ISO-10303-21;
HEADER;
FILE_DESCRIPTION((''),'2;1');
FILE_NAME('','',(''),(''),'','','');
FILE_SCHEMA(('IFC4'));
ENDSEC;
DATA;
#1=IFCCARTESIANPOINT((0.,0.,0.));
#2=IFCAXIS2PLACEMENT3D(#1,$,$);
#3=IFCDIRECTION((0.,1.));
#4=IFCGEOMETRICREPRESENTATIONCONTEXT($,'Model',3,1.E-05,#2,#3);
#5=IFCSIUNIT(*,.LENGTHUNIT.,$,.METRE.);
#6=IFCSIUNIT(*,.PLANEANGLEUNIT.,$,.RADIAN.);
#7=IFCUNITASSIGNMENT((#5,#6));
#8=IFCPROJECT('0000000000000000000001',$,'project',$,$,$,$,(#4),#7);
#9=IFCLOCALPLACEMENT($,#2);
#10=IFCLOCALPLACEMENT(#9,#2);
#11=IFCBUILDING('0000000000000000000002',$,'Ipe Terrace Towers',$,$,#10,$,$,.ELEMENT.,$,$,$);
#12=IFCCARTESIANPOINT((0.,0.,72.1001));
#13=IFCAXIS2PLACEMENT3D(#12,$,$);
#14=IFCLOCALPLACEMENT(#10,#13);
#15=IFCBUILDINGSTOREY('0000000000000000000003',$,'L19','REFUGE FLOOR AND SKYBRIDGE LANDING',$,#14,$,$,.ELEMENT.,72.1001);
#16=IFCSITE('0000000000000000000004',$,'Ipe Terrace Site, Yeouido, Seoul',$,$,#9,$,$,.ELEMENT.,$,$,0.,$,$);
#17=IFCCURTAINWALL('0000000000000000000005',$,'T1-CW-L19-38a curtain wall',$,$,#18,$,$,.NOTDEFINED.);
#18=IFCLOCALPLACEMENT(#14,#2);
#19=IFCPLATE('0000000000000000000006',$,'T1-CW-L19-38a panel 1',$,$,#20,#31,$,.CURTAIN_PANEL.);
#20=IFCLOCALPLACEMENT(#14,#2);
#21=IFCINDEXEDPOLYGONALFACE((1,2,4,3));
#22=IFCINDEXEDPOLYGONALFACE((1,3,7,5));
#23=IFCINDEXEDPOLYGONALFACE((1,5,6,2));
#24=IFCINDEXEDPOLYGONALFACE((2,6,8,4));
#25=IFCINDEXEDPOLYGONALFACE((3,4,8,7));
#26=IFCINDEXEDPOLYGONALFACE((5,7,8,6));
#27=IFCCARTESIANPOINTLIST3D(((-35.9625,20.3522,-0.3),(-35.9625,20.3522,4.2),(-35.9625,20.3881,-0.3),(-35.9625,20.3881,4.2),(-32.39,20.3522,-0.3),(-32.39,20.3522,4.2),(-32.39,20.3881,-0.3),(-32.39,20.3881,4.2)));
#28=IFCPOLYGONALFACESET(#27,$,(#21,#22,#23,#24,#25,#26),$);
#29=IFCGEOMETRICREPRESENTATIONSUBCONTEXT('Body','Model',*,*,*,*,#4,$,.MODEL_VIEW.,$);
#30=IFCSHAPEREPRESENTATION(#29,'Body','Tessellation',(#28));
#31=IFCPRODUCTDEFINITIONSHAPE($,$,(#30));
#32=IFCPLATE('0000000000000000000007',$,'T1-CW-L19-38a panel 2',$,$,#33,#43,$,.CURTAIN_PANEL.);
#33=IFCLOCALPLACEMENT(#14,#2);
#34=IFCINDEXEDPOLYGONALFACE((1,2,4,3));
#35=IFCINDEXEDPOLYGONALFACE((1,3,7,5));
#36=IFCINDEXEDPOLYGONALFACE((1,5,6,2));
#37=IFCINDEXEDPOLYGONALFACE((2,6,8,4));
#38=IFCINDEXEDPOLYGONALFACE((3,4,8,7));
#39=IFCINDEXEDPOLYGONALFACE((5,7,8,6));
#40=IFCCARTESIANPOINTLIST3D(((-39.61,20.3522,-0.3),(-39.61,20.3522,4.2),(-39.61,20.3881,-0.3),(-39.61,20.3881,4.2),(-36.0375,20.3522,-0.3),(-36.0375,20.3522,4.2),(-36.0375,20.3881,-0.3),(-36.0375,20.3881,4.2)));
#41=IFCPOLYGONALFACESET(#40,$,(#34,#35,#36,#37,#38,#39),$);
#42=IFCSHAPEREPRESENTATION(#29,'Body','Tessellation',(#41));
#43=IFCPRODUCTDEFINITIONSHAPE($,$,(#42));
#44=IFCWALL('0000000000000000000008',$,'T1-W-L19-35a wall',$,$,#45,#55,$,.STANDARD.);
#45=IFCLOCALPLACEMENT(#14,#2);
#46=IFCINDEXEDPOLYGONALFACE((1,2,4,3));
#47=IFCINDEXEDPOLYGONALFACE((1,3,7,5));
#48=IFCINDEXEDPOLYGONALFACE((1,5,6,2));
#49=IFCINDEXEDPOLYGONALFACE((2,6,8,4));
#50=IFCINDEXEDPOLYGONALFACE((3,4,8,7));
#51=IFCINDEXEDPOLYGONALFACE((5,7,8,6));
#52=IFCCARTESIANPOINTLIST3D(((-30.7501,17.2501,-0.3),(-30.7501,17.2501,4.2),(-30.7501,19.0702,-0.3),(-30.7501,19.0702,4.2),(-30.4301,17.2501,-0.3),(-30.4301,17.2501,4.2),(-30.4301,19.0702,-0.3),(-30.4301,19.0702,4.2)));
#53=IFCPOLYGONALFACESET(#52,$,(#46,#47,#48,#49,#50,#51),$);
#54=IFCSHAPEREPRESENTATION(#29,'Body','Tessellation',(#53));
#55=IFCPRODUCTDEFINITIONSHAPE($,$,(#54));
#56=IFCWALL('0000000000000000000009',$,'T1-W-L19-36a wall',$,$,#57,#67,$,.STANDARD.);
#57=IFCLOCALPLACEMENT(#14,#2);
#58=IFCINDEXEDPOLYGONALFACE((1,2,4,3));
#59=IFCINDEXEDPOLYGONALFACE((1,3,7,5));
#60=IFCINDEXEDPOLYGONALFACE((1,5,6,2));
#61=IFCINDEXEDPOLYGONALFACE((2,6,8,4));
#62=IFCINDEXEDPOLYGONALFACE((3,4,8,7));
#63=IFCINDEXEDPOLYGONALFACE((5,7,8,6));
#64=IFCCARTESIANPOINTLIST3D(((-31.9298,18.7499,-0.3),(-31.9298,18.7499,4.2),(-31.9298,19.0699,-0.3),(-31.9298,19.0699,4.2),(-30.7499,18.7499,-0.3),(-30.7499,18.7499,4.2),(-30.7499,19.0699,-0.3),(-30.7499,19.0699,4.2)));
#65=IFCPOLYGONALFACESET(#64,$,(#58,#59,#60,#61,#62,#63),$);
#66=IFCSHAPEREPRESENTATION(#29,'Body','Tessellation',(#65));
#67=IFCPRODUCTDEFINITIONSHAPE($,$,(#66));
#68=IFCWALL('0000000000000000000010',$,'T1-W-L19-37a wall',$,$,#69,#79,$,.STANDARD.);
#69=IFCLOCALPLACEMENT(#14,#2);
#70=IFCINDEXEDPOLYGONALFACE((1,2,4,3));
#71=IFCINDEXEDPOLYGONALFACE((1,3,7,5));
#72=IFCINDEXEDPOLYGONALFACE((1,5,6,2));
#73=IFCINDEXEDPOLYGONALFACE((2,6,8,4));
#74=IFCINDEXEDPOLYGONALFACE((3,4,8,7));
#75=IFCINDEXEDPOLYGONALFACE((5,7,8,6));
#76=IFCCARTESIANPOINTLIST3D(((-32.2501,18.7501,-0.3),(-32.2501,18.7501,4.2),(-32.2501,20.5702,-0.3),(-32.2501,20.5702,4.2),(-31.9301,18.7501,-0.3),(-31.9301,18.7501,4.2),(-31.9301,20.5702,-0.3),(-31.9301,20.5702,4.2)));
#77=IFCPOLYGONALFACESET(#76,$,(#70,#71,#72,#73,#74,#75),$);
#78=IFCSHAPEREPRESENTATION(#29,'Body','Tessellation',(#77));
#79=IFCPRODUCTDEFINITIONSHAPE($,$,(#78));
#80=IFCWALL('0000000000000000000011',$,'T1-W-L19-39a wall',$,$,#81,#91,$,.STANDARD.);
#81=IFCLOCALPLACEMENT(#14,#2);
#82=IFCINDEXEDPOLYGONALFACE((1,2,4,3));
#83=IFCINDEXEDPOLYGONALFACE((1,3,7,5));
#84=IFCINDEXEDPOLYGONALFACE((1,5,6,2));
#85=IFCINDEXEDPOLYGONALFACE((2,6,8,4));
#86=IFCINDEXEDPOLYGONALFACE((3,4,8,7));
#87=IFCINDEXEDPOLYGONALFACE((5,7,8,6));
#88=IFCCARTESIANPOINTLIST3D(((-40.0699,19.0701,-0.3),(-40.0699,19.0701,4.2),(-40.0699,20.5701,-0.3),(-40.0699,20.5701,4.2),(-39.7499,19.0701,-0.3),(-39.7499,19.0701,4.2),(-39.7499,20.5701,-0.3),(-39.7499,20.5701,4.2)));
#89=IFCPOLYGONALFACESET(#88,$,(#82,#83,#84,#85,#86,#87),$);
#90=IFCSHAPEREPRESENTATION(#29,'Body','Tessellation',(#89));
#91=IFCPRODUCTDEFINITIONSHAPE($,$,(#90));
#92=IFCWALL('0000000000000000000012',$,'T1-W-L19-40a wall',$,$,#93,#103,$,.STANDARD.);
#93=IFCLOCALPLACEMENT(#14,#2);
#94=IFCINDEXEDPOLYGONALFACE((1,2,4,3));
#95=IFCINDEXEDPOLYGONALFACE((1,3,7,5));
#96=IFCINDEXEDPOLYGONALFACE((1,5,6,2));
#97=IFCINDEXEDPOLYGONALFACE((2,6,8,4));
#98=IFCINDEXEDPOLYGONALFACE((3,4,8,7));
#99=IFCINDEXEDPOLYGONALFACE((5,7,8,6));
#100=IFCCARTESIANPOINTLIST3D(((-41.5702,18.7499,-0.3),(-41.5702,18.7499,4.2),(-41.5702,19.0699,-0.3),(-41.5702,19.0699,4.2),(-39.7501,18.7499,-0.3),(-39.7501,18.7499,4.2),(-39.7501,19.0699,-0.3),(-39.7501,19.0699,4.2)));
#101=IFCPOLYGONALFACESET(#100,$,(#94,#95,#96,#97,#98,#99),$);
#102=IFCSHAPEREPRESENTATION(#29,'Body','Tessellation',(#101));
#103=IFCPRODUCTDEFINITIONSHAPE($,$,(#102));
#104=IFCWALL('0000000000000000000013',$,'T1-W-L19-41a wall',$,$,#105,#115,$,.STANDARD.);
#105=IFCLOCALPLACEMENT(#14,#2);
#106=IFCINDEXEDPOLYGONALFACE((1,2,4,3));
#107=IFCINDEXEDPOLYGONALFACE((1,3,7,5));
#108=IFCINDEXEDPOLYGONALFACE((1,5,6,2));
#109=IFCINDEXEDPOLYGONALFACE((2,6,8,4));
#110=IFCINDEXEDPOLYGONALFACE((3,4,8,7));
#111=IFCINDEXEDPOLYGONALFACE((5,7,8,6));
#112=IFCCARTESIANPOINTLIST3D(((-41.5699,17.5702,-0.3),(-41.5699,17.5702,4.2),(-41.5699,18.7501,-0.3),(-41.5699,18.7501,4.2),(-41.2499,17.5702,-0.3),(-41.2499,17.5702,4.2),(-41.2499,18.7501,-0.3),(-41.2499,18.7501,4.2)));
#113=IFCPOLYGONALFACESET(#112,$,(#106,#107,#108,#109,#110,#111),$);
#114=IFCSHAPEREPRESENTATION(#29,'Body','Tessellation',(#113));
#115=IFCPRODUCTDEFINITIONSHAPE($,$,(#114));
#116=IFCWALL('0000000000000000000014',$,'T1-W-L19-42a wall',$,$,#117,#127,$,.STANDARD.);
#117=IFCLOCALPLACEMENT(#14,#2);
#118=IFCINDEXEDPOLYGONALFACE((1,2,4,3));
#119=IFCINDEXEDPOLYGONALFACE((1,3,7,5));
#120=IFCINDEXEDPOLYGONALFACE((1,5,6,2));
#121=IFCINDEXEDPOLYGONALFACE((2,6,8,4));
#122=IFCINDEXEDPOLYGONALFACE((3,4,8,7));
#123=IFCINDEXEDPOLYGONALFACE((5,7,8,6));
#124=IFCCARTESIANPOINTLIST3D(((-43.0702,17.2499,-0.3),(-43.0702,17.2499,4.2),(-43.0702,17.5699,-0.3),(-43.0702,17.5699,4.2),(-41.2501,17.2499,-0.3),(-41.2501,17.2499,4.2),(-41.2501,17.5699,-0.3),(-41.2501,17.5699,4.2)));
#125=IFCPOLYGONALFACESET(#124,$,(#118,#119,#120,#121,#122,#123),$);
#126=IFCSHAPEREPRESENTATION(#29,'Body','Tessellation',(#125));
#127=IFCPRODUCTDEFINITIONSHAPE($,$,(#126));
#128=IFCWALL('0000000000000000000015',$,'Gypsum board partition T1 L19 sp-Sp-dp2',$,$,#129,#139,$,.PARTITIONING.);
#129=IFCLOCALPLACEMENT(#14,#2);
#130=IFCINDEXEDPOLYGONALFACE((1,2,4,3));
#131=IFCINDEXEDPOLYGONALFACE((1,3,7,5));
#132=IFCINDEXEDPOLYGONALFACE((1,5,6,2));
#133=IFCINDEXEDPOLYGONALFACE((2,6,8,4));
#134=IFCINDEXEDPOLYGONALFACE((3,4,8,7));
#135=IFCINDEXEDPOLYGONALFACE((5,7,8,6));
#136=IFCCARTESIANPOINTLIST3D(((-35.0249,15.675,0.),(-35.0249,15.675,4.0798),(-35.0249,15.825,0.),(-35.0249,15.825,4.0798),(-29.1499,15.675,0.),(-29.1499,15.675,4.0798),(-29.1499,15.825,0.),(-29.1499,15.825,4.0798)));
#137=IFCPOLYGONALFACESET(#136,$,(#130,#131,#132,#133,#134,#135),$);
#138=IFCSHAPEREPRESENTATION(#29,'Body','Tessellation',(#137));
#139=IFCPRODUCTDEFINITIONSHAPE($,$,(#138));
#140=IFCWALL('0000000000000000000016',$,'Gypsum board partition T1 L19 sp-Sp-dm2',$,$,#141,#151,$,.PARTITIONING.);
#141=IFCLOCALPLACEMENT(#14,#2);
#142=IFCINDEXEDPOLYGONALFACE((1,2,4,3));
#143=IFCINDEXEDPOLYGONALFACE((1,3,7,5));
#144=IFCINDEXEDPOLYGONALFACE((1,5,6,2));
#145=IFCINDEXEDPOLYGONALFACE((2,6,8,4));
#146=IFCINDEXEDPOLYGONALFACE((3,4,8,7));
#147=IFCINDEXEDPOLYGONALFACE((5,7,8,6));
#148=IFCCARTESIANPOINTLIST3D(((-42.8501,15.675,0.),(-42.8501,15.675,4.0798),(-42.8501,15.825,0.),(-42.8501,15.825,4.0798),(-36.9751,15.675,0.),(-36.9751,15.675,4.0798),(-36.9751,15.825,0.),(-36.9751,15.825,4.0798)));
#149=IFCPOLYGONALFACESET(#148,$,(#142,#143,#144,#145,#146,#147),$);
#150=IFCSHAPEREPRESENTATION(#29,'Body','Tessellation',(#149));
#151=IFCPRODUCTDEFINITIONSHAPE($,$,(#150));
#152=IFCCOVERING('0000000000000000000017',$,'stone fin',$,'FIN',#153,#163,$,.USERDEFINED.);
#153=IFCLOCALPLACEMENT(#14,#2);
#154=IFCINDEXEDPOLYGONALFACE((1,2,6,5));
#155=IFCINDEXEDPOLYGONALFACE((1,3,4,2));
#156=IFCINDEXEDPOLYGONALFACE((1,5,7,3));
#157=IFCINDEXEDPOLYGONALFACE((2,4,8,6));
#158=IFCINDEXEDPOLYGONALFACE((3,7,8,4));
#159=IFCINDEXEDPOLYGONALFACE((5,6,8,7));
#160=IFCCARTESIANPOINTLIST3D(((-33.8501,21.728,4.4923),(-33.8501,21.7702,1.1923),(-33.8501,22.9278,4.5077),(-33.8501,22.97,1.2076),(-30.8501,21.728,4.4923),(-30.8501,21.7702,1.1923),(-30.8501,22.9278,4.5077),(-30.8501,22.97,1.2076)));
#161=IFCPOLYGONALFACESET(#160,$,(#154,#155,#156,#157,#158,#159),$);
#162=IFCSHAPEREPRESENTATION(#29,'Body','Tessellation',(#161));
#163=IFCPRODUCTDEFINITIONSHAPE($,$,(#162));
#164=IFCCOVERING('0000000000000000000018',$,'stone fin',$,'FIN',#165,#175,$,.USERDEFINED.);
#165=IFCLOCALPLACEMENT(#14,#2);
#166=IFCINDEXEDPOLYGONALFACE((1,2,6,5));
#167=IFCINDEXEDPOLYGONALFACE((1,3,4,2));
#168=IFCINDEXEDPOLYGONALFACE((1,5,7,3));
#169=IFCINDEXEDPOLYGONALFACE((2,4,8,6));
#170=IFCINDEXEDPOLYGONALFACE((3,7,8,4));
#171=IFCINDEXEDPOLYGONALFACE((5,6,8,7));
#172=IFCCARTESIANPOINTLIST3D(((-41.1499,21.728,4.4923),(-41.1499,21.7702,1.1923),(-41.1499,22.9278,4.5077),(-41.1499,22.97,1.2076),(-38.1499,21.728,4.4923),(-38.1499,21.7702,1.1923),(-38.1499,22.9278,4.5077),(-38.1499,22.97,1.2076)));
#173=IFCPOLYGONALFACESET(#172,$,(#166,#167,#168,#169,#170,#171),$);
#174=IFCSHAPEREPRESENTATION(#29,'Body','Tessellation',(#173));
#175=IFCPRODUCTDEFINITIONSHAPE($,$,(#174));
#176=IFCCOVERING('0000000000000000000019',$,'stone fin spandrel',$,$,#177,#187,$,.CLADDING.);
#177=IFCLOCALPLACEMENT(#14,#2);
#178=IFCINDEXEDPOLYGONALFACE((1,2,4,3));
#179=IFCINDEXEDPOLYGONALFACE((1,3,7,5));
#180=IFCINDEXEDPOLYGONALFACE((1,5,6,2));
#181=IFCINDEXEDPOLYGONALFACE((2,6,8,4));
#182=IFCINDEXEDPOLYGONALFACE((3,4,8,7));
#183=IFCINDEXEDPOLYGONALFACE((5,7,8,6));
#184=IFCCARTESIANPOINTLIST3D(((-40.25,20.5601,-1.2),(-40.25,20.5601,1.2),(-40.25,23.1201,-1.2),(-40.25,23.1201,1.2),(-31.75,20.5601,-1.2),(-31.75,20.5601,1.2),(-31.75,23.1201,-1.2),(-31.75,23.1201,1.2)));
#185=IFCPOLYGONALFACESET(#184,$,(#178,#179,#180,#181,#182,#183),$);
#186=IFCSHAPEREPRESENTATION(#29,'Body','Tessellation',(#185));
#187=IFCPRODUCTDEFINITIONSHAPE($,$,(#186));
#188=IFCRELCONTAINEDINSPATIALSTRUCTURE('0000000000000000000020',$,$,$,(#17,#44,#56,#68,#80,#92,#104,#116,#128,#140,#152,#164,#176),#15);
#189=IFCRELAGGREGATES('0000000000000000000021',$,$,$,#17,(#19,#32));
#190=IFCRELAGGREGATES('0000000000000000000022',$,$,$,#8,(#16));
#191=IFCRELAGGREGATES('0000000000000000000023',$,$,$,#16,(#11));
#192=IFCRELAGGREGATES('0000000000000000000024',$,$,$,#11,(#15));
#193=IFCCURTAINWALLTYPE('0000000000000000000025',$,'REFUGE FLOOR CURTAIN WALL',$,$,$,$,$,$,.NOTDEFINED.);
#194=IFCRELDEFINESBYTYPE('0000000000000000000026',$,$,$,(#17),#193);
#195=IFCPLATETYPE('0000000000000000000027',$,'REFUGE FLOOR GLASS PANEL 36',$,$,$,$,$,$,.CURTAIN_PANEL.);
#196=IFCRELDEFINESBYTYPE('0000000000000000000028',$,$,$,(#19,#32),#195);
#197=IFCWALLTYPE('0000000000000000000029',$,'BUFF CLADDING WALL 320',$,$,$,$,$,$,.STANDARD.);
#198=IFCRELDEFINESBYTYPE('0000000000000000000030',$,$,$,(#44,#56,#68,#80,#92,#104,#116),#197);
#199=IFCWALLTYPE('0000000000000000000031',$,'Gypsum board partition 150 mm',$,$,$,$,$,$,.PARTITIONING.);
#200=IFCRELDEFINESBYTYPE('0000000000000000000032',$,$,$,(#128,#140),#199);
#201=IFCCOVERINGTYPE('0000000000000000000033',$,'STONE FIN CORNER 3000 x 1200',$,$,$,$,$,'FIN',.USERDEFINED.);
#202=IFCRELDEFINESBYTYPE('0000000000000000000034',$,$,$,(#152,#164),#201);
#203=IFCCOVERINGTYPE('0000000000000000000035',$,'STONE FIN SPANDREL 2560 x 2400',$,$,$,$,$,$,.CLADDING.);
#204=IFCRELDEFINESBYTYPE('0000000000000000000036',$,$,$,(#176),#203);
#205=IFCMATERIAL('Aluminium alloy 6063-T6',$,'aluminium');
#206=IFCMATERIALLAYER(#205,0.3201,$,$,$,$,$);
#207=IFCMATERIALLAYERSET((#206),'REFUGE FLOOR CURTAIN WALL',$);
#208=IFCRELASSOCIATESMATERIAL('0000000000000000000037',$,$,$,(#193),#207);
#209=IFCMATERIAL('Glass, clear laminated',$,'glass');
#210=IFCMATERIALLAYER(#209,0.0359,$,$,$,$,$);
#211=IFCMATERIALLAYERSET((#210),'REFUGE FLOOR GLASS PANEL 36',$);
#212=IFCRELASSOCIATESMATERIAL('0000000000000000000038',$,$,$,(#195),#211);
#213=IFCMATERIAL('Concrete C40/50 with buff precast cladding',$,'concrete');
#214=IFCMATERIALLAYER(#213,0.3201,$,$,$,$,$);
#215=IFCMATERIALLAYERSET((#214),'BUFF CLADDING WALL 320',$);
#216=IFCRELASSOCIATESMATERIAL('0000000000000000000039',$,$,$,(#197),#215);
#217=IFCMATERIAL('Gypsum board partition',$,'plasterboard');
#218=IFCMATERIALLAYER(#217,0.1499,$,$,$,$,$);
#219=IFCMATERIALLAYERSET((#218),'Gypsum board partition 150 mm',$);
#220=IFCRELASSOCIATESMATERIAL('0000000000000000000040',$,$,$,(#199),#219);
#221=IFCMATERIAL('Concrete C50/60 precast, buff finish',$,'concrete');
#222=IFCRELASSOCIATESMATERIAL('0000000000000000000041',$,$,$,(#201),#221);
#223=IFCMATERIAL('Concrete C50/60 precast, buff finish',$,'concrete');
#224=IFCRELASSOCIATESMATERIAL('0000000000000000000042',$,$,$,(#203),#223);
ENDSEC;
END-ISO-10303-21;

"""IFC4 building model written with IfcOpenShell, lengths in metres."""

from ifc_helpers import new_model, si_unit, direction, frame, frame_2d, origin, origin_2d, place, context, subcontext, project, spatial, rectangle, extrude, material, layer, layer_set, material_profile, profile_set, type_object, element, aggregate, save


model = new_model("IFC4")

# Units and contexts
model_context = context("Model", 3, precision=1e-05, world=origin(), true_north=direction((0.0, 1.0)))
body_context = subcontext(model_context, "Body", "Model", "MODEL_VIEW")
ifc_project = project(units=[si_unit("LENGTHUNIT", "METRE"), si_unit("PLANEANGLEUNIT", "RADIAN")], contexts=[model_context])

# Site, building, storey
site_placement = place(None, origin())
site = spatial("IfcSite", under=ifc_project, at=site_placement, Name="Ipe Terrace Site, Yeouido, Seoul", CompositionType="ELEMENT", RefElevation=0.0)
building_placement = place(site_placement, origin())
building = spatial("IfcBuilding", under=site, at=building_placement, Name="Ipe Terrace Towers", CompositionType="ELEMENT")
storey_placement = place(building_placement, frame((0.0, 0.0, 72.1001)))
storey = spatial("IfcBuildingStorey", under=building, at=storey_placement, Name="L19", Description="REFUGE FLOOR AND SKYBRIDGE LANDING", CompositionType="ELEMENT", Elevation=72.1001)

# Curtain wall, plates
ifc_material_1 = material(Name="Aluminium alloy 6063-T6", Category="aluminium")
ifc_layer_1 = layer(ifc_material_1, 0.3201)
ifc_layer_set_1 = layer_set([ifc_layer_1], Name="REFUGE FLOOR CURTAIN WALL")
curtain_wall_type = type_object("IfcCurtainWallType", Name="REFUGE FLOOR CURTAIN WALL", PredefinedType="NOTDEFINED", material=ifc_layer_set_1)
curtain_wall_placement = place(storey_placement, origin())
curtain_wall = element("IfcCurtainWall", 1, at=curtain_wall_placement, inside=storey, type_object=curtain_wall_type, Name="T1-CW-L19-38a curtain wall", PredefinedType="NOTDEFINED")
ifc_material_2 = material(Name="Glass, clear laminated", Category="glass")
ifc_layer_2 = layer(ifc_material_2, 0.0359)
ifc_layer_set_2 = layer_set([ifc_layer_2], Name="REFUGE FLOOR GLASS PANEL 36")
plate_type = type_object("IfcPlateType", Name="REFUGE FLOOR GLASS PANEL 36", PredefinedType="CURTAIN_PANEL", material=ifc_layer_set_2)
plate_1_placement = place(storey_placement, frame((-34.1763, 20.3701, -0.3), z_axis=(0.0, 0.0, 1.0), x_axis=(-1.0, 0.0, 0.0)))
plate_1 = element("IfcPlate", 2, at=plate_1_placement, type_object=plate_type, Name="T1-CW-L19-38a panel 1", PredefinedType="CURTAIN_PANEL", context=body_context, shape_type="SweptSolid", body=[
    extrude(rectangle(XDim=3.5725, YDim=0.0359, at=origin_2d()), origin(), (0.0, 0.0, 1.0), 4.5),
])
plate_2_placement = place(storey_placement, frame((-37.8237, 20.3701, -0.3), z_axis=(0.0, 0.0, 1.0), x_axis=(-1.0, 0.0, 0.0)))
plate_2 = element("IfcPlate", 3, at=plate_2_placement, type_object=plate_type, Name="T1-CW-L19-38a panel 2", PredefinedType="CURTAIN_PANEL", context=body_context, shape_type="SweptSolid", body=[
    extrude(rectangle(XDim=3.5725, YDim=0.0359, at=origin_2d()), origin(), (0.0, 0.0, 1.0), 4.5),
])
aggregate(curtain_wall, [plate_1, plate_2])

# Walls
ifc_material_3 = material(Name="Concrete C40/50 with buff precast cladding", Category="concrete")
ifc_layer_3 = layer(ifc_material_3, 0.3201)
ifc_layer_set_3 = layer_set([ifc_layer_3], Name="BUFF CLADDING WALL 320")
wall_type_1 = type_object("IfcWallType", Name="BUFF CLADDING WALL 320", PredefinedType="STANDARD", material=ifc_layer_set_3)
wall_1_placement = place(storey_placement, frame((-30.5901, 17.25, -0.3), z_axis=(0.0, 0.0, 1.0), x_axis=(0.0, 1.0, 0.0)))
element("IfcWall", 4, at=wall_1_placement, inside=storey, type_object=wall_type_1, Name="T1-W-L19-35a wall", PredefinedType="STANDARD", context=body_context, shape_type="SweptSolid", body=[
    extrude(rectangle(XDim=1.8201, YDim=0.3201, at=frame_2d((0.9102, 0.0))), origin(), (0.0, 0.0, 1.0), 4.5),
])
wall_2_placement = place(storey_placement, frame((-30.75, 18.9099, -0.3), z_axis=(0.0, 0.0, 1.0), x_axis=(-1.0, 0.0, 0.0)))
element("IfcWall", 5, at=wall_2_placement, inside=storey, type_object=wall_type_1, Name="T1-W-L19-36a wall", PredefinedType="STANDARD", context=body_context, shape_type="SweptSolid", body=[
    extrude(rectangle(XDim=1.1799, YDim=0.3201, at=frame_2d((0.5898, 0.0))), origin(), (0.0, 0.0, 1.0), 4.5),
])
wall_3_placement = place(storey_placement, frame((-32.0901, 18.75, -0.3), z_axis=(0.0, 0.0, 1.0), x_axis=(0.0, 1.0, 0.0)))
element("IfcWall", 6, at=wall_3_placement, inside=storey, type_object=wall_type_1, Name="T1-W-L19-37a wall", PredefinedType="STANDARD", context=body_context, shape_type="SweptSolid", body=[
    extrude(rectangle(XDim=1.8201, YDim=0.3201, at=frame_2d((0.9102, 0.0))), origin(), (0.0, 0.0, 1.0), 4.5),
])
wall_4_placement = place(storey_placement, frame((-39.9099, 20.5701, -0.3), z_axis=(0.0, 0.0, 1.0), x_axis=(0.0, -1.0, 0.0)))
element("IfcWall", 7, at=wall_4_placement, inside=storey, type_object=wall_type_1, Name="T1-W-L19-39a wall", PredefinedType="STANDARD", context=body_context, shape_type="SweptSolid", body=[
    extrude(rectangle(XDim=1.5, YDim=0.3201, at=frame_2d((0.75, 0.0))), origin(), (0.0, 0.0, 1.0), 4.5),
])
wall_5_placement = place(storey_placement, frame((-39.75, 18.9099, -0.3), z_axis=(0.0, 0.0, 1.0), x_axis=(-1.0, 0.0, 0.0)))
element("IfcWall", 8, at=wall_5_placement, inside=storey, type_object=wall_type_1, Name="T1-W-L19-40a wall", PredefinedType="STANDARD", context=body_context, shape_type="SweptSolid", body=[
    extrude(rectangle(XDim=1.8201, YDim=0.3201, at=frame_2d((0.9102, 0.0))), origin(), (0.0, 0.0, 1.0), 4.5),
])
wall_6_placement = place(storey_placement, frame((-41.4099, 18.75, -0.3), z_axis=(0.0, 0.0, 1.0), x_axis=(0.0, -1.0, 0.0)))
element("IfcWall", 9, at=wall_6_placement, inside=storey, type_object=wall_type_1, Name="T1-W-L19-41a wall", PredefinedType="STANDARD", context=body_context, shape_type="SweptSolid", body=[
    extrude(rectangle(XDim=1.1799, YDim=0.3201, at=frame_2d((0.5898, 0.0))), origin(), (0.0, 0.0, 1.0), 4.5),
])
wall_7_placement = place(storey_placement, frame((-41.25, 17.4099, -0.3), z_axis=(0.0, 0.0, 1.0), x_axis=(-1.0, 0.0, 0.0)))
element("IfcWall", 10, at=wall_7_placement, inside=storey, type_object=wall_type_1, Name="T1-W-L19-42a wall", PredefinedType="STANDARD", context=body_context, shape_type="SweptSolid", body=[
    extrude(rectangle(XDim=1.8201, YDim=0.3201, at=frame_2d((0.9102, 0.0))), origin(), (0.0, 0.0, 1.0), 4.5),
])
ifc_material_4 = material(Name="Gypsum board partition", Category="plasterboard")
ifc_layer_4 = layer(ifc_material_4, 0.1499)
ifc_layer_set_4 = layer_set([ifc_layer_4], Name="Gypsum board partition 150 mm")
wall_type_2 = type_object("IfcWallType", Name="Gypsum board partition 150 mm", PredefinedType="PARTITIONING", material=ifc_layer_set_4)
for number, where, z_axis, x_axis, name in (
    (11, (-35.0249, 15.75, 0.0), (0.0, 0.0, 1.0), (1.0, 0.0, 0.0), "Gypsum board partition T1 L19 sp-Sp-dp2"),
    (12, (-36.9751, 15.75, 0.0), (0.0, 0.0, 1.0), (-1.0, 0.0, 0.0), "Gypsum board partition T1 L19 sp-Sp-dm2"),
):
    element("IfcWall", number, at=place(storey_placement, frame(where, z_axis=z_axis, x_axis=x_axis)), inside=storey, type_object=wall_type_2, Name=name, PredefinedType="PARTITIONING", context=body_context, shape_type="SweptSolid", body=[
        extrude(rectangle(XDim=5.875, YDim=0.1499, at=frame_2d((2.9375, 0.0))), origin(), (0.0, 0.0, 1.0), 4.0798),
    ])

# Coverings
ifc_material_5 = material(Name="Concrete C50/60 precast, buff finish", Category="concrete")
ifc_material_profile_1 = material_profile(ifc_material_5, rectangle(XDim=3.0, YDim=1.2, at=origin_2d()), Name="STONE FIN CORNER 3000 x 1200")
ifc_profile_set_1 = profile_set([ifc_material_profile_1], Name="Concrete C50/60 precast, buff finish")
covering_type_1 = type_object("IfcCoveringType", Name="STONE FIN CORNER 3000 x 1200", ElementType="FIN", PredefinedType="USERDEFINED", material=ifc_profile_set_1)
for number, where, z_axis, x_axis, name in (
    (13, (-32.3501, 22.3701, 1.2), (0.0, -0.012798, 0.999918), (-1.0, 0.0, 0.0), "stone fin"),
    (14, (-39.6499, 22.3701, 1.2), (0.0, -0.012798, 0.999918), (-1.0, 0.0, 0.0), "stone fin"),
):
    element("IfcCovering", number, at=place(storey_placement, frame(where, z_axis=z_axis, x_axis=x_axis)), inside=storey, type_object=covering_type_1, Name=name, ObjectType="FIN", PredefinedType="USERDEFINED", context=body_context, shape_type="SweptSolid", body=[
        extrude(rectangle(XDim=3.0, YDim=1.2, at=origin_2d()), origin(), (0.0, 0.0, 1.0), 3.3003),
    ])
ifc_material_6 = material(Name="Concrete C50/60 precast, buff finish", Category="concrete")
ifc_material_profile_2 = material_profile(ifc_material_6, rectangle(XDim=2.5601, YDim=2.3999, at=origin_2d()), Name="STONE FIN SPANDREL 2560 x 2400")
ifc_profile_set_2 = profile_set([ifc_material_profile_2], Name="Concrete C50/60 precast, buff finish")
covering_type_2 = type_object("IfcCoveringType", Name="STONE FIN SPANDREL 2560 x 2400", PredefinedType="CLADDING", material=ifc_profile_set_2)
covering_placement = place(storey_placement, frame((-31.75, 21.8401, 0.0), z_axis=(-1.0, 0.0, 0.0), x_axis=(0.0, 1.0, 0.0)))
element("IfcCovering", 15, at=covering_placement, inside=storey, type_object=covering_type_2, Name="stone fin spandrel", PredefinedType="CLADDING", context=body_context, shape_type="SweptSolid", body=[
    extrude(rectangle(XDim=2.5601, YDim=2.3999, at=origin_2d()), origin(), (0.0, 0.0, 1.0), 8.5),
])

save(model, "model.ifc")
